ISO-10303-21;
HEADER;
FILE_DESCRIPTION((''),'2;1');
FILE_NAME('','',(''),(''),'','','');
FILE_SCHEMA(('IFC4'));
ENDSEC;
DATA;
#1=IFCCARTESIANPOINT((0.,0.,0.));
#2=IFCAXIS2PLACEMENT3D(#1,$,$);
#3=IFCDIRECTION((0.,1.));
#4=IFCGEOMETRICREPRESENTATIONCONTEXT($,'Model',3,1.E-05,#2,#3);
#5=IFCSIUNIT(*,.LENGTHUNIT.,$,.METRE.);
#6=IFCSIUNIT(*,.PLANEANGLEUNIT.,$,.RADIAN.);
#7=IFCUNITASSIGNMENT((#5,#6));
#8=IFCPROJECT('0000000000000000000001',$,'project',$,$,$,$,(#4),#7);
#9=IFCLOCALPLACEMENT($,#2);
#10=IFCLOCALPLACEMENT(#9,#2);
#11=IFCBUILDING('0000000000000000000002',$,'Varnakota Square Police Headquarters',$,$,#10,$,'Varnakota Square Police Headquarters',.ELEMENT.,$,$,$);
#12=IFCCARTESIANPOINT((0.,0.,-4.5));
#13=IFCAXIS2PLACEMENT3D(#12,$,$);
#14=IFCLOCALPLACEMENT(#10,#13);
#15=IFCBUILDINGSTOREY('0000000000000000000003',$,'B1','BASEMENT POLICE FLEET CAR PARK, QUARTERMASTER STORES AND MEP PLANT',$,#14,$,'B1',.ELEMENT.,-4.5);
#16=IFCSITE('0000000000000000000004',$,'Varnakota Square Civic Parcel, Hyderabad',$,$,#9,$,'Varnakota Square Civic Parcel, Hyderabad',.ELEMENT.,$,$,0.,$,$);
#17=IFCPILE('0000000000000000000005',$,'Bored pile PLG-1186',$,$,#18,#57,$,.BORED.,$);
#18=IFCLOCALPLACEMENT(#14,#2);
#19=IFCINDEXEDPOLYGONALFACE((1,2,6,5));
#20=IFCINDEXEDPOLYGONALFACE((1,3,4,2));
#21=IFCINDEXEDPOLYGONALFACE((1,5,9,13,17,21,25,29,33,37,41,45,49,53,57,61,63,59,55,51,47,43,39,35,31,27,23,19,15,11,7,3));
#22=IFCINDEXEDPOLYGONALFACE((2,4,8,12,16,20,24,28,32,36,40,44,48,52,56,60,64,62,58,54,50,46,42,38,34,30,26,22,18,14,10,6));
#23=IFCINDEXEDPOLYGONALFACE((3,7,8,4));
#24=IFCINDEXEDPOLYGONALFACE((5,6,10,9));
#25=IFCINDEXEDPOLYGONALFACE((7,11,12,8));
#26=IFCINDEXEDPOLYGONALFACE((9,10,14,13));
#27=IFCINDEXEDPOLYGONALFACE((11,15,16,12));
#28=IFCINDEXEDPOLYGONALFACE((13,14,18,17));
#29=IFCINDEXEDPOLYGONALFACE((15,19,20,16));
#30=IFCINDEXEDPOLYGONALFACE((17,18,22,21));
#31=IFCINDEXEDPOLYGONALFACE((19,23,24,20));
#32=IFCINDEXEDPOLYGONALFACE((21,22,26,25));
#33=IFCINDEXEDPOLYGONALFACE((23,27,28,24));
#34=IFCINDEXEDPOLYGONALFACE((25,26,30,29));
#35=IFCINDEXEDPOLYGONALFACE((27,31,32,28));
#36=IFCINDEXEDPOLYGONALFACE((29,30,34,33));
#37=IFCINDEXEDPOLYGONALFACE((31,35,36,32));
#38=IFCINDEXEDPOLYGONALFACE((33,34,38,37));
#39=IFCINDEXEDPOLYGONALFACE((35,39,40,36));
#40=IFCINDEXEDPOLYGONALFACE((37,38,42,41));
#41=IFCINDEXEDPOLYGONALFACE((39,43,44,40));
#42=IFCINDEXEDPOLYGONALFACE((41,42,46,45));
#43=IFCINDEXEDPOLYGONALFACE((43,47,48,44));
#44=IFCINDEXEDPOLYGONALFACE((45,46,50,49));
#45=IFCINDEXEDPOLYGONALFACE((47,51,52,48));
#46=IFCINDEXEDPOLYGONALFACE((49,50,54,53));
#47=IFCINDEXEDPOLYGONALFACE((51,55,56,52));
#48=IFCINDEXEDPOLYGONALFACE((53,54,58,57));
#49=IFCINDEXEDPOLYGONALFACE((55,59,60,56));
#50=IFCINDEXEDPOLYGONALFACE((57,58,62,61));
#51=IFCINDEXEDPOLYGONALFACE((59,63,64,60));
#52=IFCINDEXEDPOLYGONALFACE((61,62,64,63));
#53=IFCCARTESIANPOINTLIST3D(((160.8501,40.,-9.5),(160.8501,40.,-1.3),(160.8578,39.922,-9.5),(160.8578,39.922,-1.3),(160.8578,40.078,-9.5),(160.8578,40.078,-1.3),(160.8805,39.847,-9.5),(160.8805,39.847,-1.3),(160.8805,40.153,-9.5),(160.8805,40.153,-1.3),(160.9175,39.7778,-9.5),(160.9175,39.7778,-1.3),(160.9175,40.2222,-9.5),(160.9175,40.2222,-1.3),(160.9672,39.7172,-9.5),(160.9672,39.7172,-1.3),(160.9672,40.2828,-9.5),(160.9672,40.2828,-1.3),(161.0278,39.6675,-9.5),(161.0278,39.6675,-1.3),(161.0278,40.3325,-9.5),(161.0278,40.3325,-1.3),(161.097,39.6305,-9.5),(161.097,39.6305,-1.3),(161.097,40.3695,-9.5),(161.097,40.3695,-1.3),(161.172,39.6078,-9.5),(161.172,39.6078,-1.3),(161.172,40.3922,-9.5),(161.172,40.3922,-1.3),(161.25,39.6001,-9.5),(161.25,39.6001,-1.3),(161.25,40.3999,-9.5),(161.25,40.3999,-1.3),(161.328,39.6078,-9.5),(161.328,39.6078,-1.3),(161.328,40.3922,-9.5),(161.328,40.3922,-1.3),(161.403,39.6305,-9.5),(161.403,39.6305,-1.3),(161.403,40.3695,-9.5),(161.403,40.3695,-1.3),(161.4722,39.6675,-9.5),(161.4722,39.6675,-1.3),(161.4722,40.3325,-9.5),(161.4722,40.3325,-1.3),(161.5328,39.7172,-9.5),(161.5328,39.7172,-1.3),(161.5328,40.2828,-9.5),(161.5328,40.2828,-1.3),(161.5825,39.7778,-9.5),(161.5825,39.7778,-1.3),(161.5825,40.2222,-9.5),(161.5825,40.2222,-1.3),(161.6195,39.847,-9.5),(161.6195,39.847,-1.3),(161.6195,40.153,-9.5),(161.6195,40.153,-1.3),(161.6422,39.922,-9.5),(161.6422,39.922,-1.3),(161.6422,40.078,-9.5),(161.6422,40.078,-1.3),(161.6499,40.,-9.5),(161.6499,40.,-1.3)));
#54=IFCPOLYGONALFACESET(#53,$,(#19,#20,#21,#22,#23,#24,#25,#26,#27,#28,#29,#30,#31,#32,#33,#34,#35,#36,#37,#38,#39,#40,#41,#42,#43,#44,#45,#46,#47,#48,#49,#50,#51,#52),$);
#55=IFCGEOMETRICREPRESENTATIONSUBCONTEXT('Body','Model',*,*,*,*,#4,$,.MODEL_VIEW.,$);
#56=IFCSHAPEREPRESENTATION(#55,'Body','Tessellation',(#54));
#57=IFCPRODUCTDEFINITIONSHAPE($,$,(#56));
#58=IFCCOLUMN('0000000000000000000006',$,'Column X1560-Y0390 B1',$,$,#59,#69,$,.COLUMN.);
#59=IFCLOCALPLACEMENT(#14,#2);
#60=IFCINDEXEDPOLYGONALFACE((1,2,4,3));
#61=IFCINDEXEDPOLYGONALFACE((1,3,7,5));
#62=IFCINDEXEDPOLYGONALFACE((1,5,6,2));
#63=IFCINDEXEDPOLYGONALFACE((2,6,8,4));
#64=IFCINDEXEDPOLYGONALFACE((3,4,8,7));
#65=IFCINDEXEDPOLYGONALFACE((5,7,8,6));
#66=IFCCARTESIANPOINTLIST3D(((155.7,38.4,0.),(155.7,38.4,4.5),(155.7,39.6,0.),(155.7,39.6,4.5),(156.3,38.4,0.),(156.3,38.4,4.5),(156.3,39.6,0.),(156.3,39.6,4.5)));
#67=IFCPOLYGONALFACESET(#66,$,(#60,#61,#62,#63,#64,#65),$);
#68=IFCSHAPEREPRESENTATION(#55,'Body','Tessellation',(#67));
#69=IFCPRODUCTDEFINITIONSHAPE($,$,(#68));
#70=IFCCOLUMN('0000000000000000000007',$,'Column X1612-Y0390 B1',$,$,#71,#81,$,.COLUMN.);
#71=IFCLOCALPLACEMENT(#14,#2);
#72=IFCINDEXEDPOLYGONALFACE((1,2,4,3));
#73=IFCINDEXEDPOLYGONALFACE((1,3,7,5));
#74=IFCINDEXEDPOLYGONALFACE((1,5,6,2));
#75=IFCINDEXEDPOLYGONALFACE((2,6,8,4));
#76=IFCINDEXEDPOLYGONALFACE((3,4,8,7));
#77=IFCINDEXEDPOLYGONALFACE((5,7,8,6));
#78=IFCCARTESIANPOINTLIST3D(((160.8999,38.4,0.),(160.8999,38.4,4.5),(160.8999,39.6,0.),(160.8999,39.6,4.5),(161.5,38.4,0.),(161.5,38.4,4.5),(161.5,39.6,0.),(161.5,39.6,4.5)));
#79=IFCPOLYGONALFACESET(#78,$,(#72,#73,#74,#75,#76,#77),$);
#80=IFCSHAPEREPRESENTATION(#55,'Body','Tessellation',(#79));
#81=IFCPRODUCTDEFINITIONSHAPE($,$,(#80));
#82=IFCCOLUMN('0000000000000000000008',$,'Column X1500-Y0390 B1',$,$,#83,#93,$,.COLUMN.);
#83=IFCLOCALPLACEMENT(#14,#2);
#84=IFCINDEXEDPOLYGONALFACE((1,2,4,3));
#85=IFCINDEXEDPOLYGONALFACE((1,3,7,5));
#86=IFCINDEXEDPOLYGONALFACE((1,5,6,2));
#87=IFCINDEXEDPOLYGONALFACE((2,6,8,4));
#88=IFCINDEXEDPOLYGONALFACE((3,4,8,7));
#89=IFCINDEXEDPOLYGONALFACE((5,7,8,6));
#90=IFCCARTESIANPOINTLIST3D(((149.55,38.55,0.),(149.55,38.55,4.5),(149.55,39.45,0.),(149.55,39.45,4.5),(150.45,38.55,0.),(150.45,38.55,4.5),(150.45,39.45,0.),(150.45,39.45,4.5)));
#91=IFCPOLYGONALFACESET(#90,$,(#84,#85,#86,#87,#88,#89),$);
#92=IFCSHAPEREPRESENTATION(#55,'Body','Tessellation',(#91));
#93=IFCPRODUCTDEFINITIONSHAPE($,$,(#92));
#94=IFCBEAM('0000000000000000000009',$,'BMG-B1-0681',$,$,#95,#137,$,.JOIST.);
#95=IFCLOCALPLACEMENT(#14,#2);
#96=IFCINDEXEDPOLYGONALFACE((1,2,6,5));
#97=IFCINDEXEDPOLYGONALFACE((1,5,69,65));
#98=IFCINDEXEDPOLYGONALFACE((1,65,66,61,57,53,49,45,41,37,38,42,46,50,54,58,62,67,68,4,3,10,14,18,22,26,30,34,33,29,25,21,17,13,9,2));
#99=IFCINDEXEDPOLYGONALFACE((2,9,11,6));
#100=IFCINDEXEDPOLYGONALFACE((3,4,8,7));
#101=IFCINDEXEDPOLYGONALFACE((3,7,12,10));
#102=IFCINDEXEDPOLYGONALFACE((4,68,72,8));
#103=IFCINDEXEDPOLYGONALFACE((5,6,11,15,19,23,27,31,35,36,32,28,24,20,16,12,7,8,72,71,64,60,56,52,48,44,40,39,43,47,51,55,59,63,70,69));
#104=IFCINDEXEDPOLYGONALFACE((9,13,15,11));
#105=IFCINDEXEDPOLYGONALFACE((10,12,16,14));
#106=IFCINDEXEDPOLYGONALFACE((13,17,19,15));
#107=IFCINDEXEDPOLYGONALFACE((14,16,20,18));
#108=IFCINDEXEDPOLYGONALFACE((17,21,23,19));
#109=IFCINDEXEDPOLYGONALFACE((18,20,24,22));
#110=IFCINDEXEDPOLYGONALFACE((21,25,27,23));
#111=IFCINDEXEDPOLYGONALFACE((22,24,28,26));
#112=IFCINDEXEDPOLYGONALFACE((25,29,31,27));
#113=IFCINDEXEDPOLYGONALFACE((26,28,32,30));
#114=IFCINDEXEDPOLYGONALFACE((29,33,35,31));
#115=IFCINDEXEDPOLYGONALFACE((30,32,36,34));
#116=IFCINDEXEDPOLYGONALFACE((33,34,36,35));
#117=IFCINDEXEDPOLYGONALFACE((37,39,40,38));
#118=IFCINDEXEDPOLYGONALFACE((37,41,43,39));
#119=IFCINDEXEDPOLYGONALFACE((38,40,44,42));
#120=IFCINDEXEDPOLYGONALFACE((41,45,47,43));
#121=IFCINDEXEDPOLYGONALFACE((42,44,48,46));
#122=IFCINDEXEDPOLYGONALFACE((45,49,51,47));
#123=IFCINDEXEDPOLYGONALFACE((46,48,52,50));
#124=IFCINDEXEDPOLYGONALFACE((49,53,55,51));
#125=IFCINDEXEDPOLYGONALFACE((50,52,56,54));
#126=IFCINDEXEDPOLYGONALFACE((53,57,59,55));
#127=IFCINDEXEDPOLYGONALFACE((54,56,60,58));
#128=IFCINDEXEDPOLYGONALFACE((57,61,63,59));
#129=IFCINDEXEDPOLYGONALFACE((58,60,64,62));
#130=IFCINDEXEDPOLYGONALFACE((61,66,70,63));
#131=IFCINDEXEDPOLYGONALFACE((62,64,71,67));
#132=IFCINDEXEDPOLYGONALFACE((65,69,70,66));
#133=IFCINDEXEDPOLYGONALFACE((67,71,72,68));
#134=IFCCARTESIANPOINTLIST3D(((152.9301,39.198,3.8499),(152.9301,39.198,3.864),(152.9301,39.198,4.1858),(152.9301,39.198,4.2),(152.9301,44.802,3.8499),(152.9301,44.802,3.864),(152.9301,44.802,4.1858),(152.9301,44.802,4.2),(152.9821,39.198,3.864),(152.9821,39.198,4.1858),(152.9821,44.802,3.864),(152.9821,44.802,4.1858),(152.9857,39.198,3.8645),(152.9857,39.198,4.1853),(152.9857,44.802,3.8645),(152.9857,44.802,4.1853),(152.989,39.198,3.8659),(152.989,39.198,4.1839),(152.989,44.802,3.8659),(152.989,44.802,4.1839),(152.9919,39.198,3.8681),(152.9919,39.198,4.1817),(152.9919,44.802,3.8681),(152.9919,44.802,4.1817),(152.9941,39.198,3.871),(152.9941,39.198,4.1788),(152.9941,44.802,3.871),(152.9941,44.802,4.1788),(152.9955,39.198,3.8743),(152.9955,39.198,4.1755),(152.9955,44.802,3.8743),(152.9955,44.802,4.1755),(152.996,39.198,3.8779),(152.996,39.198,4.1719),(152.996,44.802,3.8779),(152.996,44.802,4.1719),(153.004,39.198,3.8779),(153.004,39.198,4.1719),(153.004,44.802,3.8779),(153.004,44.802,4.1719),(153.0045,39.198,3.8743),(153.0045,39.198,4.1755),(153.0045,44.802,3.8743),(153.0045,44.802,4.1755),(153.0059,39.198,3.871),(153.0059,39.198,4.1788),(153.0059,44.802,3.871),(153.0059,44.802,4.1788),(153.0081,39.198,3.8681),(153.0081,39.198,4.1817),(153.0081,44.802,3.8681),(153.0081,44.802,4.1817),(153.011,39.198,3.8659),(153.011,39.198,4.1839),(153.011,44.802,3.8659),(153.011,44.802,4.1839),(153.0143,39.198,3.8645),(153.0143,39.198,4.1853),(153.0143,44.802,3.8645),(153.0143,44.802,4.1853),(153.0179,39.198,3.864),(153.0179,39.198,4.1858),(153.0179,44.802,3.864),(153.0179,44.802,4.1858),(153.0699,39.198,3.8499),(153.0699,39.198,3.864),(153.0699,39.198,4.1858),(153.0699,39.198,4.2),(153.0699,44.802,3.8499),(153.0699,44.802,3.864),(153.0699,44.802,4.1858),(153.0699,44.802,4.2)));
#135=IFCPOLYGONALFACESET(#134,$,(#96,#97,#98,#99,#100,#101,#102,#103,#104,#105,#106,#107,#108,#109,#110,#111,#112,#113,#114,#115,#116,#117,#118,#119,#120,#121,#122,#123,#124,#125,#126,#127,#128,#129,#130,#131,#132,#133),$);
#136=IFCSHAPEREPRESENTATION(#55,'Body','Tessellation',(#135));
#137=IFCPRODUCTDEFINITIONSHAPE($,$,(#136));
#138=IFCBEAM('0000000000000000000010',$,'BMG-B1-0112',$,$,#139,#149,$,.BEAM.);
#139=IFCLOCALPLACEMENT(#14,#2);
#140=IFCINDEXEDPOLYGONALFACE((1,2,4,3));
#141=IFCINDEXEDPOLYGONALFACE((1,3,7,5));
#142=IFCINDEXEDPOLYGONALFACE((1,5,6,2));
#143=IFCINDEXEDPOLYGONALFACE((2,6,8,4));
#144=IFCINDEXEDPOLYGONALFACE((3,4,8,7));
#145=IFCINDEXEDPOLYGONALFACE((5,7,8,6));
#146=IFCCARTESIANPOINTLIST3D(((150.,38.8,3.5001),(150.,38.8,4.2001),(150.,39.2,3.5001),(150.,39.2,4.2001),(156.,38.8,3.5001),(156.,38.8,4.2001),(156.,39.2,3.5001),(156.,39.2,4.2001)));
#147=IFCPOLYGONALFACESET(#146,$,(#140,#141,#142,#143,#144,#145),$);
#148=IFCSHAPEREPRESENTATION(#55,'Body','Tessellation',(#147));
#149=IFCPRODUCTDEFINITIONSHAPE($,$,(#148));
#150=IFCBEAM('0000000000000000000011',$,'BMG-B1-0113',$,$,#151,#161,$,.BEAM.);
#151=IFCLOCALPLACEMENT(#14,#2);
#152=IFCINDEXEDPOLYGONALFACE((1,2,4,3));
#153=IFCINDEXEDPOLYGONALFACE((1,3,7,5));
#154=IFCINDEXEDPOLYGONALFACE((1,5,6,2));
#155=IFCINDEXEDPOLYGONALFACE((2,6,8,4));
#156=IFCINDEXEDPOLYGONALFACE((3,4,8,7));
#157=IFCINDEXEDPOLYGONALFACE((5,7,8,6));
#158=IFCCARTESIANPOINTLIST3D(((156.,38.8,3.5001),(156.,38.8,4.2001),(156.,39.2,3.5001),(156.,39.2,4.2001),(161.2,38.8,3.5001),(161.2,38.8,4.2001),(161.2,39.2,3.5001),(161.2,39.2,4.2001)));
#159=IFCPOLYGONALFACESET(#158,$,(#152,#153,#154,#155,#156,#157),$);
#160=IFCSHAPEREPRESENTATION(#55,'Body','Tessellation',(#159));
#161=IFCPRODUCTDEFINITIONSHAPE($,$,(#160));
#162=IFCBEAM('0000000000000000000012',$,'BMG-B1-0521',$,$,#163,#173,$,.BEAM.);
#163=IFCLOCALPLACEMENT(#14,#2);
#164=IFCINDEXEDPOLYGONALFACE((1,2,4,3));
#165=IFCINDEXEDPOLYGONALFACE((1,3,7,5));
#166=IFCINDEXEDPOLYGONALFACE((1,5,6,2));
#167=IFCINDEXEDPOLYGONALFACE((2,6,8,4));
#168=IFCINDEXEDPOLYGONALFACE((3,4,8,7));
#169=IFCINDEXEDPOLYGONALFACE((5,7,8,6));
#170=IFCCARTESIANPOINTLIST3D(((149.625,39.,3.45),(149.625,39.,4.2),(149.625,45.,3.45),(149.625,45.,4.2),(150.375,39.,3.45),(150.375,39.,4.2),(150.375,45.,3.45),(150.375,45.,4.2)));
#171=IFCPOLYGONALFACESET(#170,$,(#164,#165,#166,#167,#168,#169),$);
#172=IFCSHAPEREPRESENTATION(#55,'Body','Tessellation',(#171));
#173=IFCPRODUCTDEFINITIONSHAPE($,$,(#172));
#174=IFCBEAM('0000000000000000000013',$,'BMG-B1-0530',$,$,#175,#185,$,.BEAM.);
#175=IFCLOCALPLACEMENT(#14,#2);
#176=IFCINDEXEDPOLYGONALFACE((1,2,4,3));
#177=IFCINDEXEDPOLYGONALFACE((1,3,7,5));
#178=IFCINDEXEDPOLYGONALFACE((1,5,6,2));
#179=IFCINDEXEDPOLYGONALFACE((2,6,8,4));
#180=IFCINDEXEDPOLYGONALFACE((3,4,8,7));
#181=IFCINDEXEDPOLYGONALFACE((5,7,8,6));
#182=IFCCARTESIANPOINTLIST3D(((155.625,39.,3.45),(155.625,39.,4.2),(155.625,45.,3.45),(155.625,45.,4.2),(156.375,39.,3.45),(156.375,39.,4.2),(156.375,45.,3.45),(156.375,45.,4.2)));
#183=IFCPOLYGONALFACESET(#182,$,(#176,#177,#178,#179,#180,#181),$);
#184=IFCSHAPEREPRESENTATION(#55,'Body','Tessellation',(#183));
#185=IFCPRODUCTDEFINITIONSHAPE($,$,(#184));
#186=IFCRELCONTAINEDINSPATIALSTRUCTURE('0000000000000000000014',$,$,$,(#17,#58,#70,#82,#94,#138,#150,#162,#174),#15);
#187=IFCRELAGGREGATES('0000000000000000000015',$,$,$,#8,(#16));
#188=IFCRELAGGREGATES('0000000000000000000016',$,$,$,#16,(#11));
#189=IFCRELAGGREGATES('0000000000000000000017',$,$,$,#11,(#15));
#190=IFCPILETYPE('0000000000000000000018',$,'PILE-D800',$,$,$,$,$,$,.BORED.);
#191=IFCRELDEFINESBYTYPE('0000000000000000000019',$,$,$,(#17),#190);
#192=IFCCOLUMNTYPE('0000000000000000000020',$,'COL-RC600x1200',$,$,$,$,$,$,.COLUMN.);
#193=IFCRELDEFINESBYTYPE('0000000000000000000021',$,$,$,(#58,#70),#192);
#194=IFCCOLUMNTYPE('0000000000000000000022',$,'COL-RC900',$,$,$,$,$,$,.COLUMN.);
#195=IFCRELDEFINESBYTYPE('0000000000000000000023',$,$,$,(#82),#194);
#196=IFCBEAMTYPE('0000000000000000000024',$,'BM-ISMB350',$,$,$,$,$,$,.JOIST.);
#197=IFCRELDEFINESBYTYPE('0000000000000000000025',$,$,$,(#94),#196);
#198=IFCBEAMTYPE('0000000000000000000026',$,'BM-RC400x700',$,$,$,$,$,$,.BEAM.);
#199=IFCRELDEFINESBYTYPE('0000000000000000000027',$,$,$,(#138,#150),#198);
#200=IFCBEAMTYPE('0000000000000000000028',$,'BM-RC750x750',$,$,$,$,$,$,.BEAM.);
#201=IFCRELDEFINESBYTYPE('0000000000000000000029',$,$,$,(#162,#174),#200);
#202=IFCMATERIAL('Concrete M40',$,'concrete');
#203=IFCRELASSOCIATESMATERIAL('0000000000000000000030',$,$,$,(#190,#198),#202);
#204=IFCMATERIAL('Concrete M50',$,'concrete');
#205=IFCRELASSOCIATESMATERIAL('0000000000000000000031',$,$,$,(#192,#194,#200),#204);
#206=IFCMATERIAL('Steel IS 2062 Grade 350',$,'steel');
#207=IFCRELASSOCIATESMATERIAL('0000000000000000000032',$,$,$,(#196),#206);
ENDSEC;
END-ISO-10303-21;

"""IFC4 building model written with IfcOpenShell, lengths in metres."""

from ifc_helpers import new_model, si_unit, direction, frame, origin, origin_2d, place, context, subcontext, project, spatial, rectangle, circle, i_section, extrude, material, material_profile, profile_set, type_object, element, save


model = new_model("IFC4")

# Units and contexts
model_context = context("Model", 3, precision=1e-05, world=origin(), true_north=direction((0.0, 1.0)))
body_context = subcontext(model_context, "Body", "Model", "MODEL_VIEW")
ifc_project = project(units=[si_unit("LENGTHUNIT", "METRE"), si_unit("PLANEANGLEUNIT", "RADIAN")], contexts=[model_context])

# Site, building, storey
site_placement = place(None, origin())
site = spatial("IfcSite", under=ifc_project, at=site_placement, Name="Varnakota Square Civic Parcel, Hyderabad", LongName="Varnakota Square Civic Parcel, Hyderabad", CompositionType="ELEMENT", RefElevation=0.0)
building_placement = place(site_placement, origin())
building = spatial("IfcBuilding", under=site, at=building_placement, Name="Varnakota Square Police Headquarters", LongName="Varnakota Square Police Headquarters", CompositionType="ELEMENT")
storey_placement = place(building_placement, frame((0.0, 0.0, -4.5)))
storey = spatial("IfcBuildingStorey", under=building, at=storey_placement, Name="B1", Description="BASEMENT POLICE FLEET CAR PARK, QUARTERMASTER STORES AND MEP PLANT", LongName="B1", CompositionType="ELEMENT", Elevation=-4.5)

# Shared definitions
ifc_material_1 = material(Name="Concrete M40", Category="concrete")
ifc_material_2 = material(Name="Concrete M50", Category="concrete")

# Pile
ifc_material_profile_1 = material_profile(ifc_material_1, circle(Radius=0.3999, at=origin_2d()), Name="BORED PILE 800")
ifc_profile_set_1 = profile_set([ifc_material_profile_1], Name="Concrete M40")
pile_type_1 = type_object("IfcPileType", Name="PILE-D800", PredefinedType="BORED", material=ifc_profile_set_1)
for number, where, z_axis, x_axis, name in (
    (1, (161.25, 40.0, -1.3), (0.0, 0.0, -1.0), (1.0, 0.0, 0.0), "Bored pile PLG-1186"),
):
    element("IfcPile", number, at=place(storey_placement, frame(where, z_axis=z_axis, x_axis=x_axis)), inside=storey, type_object=pile_type_1, Name=name, PredefinedType="BORED", context=body_context, shape_type="SweptSolid", body=[
        extrude(circle(Radius=0.3999, at=origin_2d()), origin(), (0.0, 0.0, 1.0), 8.2),
    ])

# Columns
ifc_material_profile_2 = material_profile(ifc_material_2, rectangle(XDim=0.6001, YDim=1.2, at=origin_2d()), Name="RC 600x1200")
ifc_profile_set_2 = profile_set([ifc_material_profile_2], Name="Concrete M50")
column_type_1 = type_object("IfcColumnType", Name="COL-RC600x1200", PredefinedType="COLUMN", material=ifc_profile_set_2)
for number, where, z_axis, x_axis, name in (
    (2, (156.0, 39.0, 0.0), (0.0, 0.0, 1.0), (1.0, 0.0, 0.0), "Column X1560-Y0390 B1"),
    (3, (161.2, 39.0, 0.0), (0.0, 0.0, 1.0), (1.0, 0.0, 0.0), "Column X1612-Y0390 B1"),
):
    element("IfcColumn", number, at=place(storey_placement, frame(where, z_axis=z_axis, x_axis=x_axis)), inside=storey, type_object=column_type_1, Name=name, PredefinedType="COLUMN", context=body_context, shape_type="SweptSolid", body=[
        extrude(rectangle(XDim=0.6001, YDim=1.2, at=origin_2d()), origin(), (0.0, 0.0, 1.0), 4.5),
    ])
ifc_material_profile_3 = material_profile(ifc_material_2, rectangle(XDim=0.8999, YDim=0.8999, at=origin_2d()), Name="RC 900x900")
ifc_profile_set_3 = profile_set([ifc_material_profile_3], Name="Concrete M50")
column_type_2 = type_object("IfcColumnType", Name="COL-RC900", PredefinedType="COLUMN", material=ifc_profile_set_3)
column_placement = place(storey_placement, frame((150.0, 39.0, 0.0), z_axis=(0.0, 0.0, 1.0), x_axis=(1.0, 0.0, 0.0)))
element("IfcColumn", 4, at=column_placement, inside=storey, type_object=column_type_2, Name="Column X1500-Y0390 B1", PredefinedType="COLUMN", context=body_context, shape_type="SweptSolid", body=[
    extrude(rectangle(XDim=0.8999, YDim=0.8999, at=origin_2d()), origin(), (0.0, 0.0, 1.0), 4.5),
])

# Beams
ifc_material_3 = material(Name="Steel IS 2062 Grade 350", Category="steel")
ifc_material_profile_4 = material_profile(ifc_material_3, i_section(OverallWidth=0.1399, OverallDepth=0.3501, WebThickness=0.0081, FlangeThickness=0.0142, FilletRadius=0.0139, at=origin_2d()), Name="ISMB 350")
ifc_profile_set_4 = profile_set([ifc_material_profile_4], Name="Steel IS 2062 Grade 350")
beam_type_1 = type_object("IfcBeamType", Name="BM-ISMB350", PredefinedType="JOIST", material=ifc_profile_set_4)
beam_1_placement = place(storey_placement, frame((153.0, 39.198, 4.0249), z_axis=(0.0, 1.0, 0.0), x_axis=(-1.0, 0.0, 0.0)))
element("IfcBeam", 5, at=beam_1_placement, inside=storey, type_object=beam_type_1, Name="BMG-B1-0681", PredefinedType="JOIST", context=body_context, shape_type="SweptSolid", body=[
    extrude(i_section(OverallWidth=0.1399, OverallDepth=0.3501, WebThickness=0.0081, FlangeThickness=0.0142, FilletRadius=0.0139, at=origin_2d()), origin(), (0.0, 0.0, 1.0), 5.604),
])
ifc_material_profile_5 = material_profile(ifc_material_1, rectangle(XDim=0.3999, YDim=0.7, at=origin_2d()), Name="RC 400x700")
ifc_profile_set_5 = profile_set([ifc_material_profile_5], Name="Concrete M40")
beam_type_2 = type_object("IfcBeamType", Name="BM-RC400x700", PredefinedType="BEAM", material=ifc_profile_set_5)
beam_2_placement = place(storey_placement, frame((150.0, 39.0, 3.8501), z_axis=(1.0, 0.0, 0.0), x_axis=(0.0, 1.0, 0.0)))
element("IfcBeam", 6, at=beam_2_placement, inside=storey, type_object=beam_type_2, Name="BMG-B1-0112", PredefinedType="BEAM", context=body_context, shape_type="SweptSolid", body=[
    extrude(rectangle(XDim=0.3999, YDim=0.7, at=origin_2d()), origin(), (0.0, 0.0, 1.0), 6.0),
])
beam_3_placement = place(storey_placement, frame((156.0, 39.0, 3.8501), z_axis=(1.0, 0.0, 0.0), x_axis=(0.0, 1.0, 0.0)))
element("IfcBeam", 7, at=beam_3_placement, inside=storey, type_object=beam_type_2, Name="BMG-B1-0113", PredefinedType="BEAM", context=body_context, shape_type="SweptSolid", body=[
    extrude(rectangle(XDim=0.3999, YDim=0.7, at=origin_2d()), origin(), (0.0, 0.0, 1.0), 5.2),
])
ifc_material_profile_6 = material_profile(ifc_material_2, rectangle(XDim=0.75, YDim=0.75, at=origin_2d()), Name="RC 750x750")
ifc_profile_set_6 = profile_set([ifc_material_profile_6], Name="Concrete M50")
beam_type_3 = type_object("IfcBeamType", Name="BM-RC750x750", PredefinedType="BEAM", material=ifc_profile_set_6)
for number, where, z_axis, x_axis, name in (
    (8, (150.0, 39.0, 3.825), (0.0, 1.0, 0.0), (-1.0, 0.0, 0.0), "BMG-B1-0521"),
    (9, (156.0, 39.0, 3.825), (0.0, 1.0, 0.0), (-1.0, 0.0, 0.0), "BMG-B1-0530"),
):
    element("IfcBeam", number, at=place(storey_placement, frame(where, z_axis=z_axis, x_axis=x_axis)), inside=storey, type_object=beam_type_3, Name=name, PredefinedType="BEAM", context=body_context, shape_type="SweptSolid", body=[
        extrude(rectangle(XDim=0.75, YDim=0.75, at=origin_2d()), origin(), (0.0, 0.0, 1.0), 6.0),
    ])

save(model, "model.ifc")
